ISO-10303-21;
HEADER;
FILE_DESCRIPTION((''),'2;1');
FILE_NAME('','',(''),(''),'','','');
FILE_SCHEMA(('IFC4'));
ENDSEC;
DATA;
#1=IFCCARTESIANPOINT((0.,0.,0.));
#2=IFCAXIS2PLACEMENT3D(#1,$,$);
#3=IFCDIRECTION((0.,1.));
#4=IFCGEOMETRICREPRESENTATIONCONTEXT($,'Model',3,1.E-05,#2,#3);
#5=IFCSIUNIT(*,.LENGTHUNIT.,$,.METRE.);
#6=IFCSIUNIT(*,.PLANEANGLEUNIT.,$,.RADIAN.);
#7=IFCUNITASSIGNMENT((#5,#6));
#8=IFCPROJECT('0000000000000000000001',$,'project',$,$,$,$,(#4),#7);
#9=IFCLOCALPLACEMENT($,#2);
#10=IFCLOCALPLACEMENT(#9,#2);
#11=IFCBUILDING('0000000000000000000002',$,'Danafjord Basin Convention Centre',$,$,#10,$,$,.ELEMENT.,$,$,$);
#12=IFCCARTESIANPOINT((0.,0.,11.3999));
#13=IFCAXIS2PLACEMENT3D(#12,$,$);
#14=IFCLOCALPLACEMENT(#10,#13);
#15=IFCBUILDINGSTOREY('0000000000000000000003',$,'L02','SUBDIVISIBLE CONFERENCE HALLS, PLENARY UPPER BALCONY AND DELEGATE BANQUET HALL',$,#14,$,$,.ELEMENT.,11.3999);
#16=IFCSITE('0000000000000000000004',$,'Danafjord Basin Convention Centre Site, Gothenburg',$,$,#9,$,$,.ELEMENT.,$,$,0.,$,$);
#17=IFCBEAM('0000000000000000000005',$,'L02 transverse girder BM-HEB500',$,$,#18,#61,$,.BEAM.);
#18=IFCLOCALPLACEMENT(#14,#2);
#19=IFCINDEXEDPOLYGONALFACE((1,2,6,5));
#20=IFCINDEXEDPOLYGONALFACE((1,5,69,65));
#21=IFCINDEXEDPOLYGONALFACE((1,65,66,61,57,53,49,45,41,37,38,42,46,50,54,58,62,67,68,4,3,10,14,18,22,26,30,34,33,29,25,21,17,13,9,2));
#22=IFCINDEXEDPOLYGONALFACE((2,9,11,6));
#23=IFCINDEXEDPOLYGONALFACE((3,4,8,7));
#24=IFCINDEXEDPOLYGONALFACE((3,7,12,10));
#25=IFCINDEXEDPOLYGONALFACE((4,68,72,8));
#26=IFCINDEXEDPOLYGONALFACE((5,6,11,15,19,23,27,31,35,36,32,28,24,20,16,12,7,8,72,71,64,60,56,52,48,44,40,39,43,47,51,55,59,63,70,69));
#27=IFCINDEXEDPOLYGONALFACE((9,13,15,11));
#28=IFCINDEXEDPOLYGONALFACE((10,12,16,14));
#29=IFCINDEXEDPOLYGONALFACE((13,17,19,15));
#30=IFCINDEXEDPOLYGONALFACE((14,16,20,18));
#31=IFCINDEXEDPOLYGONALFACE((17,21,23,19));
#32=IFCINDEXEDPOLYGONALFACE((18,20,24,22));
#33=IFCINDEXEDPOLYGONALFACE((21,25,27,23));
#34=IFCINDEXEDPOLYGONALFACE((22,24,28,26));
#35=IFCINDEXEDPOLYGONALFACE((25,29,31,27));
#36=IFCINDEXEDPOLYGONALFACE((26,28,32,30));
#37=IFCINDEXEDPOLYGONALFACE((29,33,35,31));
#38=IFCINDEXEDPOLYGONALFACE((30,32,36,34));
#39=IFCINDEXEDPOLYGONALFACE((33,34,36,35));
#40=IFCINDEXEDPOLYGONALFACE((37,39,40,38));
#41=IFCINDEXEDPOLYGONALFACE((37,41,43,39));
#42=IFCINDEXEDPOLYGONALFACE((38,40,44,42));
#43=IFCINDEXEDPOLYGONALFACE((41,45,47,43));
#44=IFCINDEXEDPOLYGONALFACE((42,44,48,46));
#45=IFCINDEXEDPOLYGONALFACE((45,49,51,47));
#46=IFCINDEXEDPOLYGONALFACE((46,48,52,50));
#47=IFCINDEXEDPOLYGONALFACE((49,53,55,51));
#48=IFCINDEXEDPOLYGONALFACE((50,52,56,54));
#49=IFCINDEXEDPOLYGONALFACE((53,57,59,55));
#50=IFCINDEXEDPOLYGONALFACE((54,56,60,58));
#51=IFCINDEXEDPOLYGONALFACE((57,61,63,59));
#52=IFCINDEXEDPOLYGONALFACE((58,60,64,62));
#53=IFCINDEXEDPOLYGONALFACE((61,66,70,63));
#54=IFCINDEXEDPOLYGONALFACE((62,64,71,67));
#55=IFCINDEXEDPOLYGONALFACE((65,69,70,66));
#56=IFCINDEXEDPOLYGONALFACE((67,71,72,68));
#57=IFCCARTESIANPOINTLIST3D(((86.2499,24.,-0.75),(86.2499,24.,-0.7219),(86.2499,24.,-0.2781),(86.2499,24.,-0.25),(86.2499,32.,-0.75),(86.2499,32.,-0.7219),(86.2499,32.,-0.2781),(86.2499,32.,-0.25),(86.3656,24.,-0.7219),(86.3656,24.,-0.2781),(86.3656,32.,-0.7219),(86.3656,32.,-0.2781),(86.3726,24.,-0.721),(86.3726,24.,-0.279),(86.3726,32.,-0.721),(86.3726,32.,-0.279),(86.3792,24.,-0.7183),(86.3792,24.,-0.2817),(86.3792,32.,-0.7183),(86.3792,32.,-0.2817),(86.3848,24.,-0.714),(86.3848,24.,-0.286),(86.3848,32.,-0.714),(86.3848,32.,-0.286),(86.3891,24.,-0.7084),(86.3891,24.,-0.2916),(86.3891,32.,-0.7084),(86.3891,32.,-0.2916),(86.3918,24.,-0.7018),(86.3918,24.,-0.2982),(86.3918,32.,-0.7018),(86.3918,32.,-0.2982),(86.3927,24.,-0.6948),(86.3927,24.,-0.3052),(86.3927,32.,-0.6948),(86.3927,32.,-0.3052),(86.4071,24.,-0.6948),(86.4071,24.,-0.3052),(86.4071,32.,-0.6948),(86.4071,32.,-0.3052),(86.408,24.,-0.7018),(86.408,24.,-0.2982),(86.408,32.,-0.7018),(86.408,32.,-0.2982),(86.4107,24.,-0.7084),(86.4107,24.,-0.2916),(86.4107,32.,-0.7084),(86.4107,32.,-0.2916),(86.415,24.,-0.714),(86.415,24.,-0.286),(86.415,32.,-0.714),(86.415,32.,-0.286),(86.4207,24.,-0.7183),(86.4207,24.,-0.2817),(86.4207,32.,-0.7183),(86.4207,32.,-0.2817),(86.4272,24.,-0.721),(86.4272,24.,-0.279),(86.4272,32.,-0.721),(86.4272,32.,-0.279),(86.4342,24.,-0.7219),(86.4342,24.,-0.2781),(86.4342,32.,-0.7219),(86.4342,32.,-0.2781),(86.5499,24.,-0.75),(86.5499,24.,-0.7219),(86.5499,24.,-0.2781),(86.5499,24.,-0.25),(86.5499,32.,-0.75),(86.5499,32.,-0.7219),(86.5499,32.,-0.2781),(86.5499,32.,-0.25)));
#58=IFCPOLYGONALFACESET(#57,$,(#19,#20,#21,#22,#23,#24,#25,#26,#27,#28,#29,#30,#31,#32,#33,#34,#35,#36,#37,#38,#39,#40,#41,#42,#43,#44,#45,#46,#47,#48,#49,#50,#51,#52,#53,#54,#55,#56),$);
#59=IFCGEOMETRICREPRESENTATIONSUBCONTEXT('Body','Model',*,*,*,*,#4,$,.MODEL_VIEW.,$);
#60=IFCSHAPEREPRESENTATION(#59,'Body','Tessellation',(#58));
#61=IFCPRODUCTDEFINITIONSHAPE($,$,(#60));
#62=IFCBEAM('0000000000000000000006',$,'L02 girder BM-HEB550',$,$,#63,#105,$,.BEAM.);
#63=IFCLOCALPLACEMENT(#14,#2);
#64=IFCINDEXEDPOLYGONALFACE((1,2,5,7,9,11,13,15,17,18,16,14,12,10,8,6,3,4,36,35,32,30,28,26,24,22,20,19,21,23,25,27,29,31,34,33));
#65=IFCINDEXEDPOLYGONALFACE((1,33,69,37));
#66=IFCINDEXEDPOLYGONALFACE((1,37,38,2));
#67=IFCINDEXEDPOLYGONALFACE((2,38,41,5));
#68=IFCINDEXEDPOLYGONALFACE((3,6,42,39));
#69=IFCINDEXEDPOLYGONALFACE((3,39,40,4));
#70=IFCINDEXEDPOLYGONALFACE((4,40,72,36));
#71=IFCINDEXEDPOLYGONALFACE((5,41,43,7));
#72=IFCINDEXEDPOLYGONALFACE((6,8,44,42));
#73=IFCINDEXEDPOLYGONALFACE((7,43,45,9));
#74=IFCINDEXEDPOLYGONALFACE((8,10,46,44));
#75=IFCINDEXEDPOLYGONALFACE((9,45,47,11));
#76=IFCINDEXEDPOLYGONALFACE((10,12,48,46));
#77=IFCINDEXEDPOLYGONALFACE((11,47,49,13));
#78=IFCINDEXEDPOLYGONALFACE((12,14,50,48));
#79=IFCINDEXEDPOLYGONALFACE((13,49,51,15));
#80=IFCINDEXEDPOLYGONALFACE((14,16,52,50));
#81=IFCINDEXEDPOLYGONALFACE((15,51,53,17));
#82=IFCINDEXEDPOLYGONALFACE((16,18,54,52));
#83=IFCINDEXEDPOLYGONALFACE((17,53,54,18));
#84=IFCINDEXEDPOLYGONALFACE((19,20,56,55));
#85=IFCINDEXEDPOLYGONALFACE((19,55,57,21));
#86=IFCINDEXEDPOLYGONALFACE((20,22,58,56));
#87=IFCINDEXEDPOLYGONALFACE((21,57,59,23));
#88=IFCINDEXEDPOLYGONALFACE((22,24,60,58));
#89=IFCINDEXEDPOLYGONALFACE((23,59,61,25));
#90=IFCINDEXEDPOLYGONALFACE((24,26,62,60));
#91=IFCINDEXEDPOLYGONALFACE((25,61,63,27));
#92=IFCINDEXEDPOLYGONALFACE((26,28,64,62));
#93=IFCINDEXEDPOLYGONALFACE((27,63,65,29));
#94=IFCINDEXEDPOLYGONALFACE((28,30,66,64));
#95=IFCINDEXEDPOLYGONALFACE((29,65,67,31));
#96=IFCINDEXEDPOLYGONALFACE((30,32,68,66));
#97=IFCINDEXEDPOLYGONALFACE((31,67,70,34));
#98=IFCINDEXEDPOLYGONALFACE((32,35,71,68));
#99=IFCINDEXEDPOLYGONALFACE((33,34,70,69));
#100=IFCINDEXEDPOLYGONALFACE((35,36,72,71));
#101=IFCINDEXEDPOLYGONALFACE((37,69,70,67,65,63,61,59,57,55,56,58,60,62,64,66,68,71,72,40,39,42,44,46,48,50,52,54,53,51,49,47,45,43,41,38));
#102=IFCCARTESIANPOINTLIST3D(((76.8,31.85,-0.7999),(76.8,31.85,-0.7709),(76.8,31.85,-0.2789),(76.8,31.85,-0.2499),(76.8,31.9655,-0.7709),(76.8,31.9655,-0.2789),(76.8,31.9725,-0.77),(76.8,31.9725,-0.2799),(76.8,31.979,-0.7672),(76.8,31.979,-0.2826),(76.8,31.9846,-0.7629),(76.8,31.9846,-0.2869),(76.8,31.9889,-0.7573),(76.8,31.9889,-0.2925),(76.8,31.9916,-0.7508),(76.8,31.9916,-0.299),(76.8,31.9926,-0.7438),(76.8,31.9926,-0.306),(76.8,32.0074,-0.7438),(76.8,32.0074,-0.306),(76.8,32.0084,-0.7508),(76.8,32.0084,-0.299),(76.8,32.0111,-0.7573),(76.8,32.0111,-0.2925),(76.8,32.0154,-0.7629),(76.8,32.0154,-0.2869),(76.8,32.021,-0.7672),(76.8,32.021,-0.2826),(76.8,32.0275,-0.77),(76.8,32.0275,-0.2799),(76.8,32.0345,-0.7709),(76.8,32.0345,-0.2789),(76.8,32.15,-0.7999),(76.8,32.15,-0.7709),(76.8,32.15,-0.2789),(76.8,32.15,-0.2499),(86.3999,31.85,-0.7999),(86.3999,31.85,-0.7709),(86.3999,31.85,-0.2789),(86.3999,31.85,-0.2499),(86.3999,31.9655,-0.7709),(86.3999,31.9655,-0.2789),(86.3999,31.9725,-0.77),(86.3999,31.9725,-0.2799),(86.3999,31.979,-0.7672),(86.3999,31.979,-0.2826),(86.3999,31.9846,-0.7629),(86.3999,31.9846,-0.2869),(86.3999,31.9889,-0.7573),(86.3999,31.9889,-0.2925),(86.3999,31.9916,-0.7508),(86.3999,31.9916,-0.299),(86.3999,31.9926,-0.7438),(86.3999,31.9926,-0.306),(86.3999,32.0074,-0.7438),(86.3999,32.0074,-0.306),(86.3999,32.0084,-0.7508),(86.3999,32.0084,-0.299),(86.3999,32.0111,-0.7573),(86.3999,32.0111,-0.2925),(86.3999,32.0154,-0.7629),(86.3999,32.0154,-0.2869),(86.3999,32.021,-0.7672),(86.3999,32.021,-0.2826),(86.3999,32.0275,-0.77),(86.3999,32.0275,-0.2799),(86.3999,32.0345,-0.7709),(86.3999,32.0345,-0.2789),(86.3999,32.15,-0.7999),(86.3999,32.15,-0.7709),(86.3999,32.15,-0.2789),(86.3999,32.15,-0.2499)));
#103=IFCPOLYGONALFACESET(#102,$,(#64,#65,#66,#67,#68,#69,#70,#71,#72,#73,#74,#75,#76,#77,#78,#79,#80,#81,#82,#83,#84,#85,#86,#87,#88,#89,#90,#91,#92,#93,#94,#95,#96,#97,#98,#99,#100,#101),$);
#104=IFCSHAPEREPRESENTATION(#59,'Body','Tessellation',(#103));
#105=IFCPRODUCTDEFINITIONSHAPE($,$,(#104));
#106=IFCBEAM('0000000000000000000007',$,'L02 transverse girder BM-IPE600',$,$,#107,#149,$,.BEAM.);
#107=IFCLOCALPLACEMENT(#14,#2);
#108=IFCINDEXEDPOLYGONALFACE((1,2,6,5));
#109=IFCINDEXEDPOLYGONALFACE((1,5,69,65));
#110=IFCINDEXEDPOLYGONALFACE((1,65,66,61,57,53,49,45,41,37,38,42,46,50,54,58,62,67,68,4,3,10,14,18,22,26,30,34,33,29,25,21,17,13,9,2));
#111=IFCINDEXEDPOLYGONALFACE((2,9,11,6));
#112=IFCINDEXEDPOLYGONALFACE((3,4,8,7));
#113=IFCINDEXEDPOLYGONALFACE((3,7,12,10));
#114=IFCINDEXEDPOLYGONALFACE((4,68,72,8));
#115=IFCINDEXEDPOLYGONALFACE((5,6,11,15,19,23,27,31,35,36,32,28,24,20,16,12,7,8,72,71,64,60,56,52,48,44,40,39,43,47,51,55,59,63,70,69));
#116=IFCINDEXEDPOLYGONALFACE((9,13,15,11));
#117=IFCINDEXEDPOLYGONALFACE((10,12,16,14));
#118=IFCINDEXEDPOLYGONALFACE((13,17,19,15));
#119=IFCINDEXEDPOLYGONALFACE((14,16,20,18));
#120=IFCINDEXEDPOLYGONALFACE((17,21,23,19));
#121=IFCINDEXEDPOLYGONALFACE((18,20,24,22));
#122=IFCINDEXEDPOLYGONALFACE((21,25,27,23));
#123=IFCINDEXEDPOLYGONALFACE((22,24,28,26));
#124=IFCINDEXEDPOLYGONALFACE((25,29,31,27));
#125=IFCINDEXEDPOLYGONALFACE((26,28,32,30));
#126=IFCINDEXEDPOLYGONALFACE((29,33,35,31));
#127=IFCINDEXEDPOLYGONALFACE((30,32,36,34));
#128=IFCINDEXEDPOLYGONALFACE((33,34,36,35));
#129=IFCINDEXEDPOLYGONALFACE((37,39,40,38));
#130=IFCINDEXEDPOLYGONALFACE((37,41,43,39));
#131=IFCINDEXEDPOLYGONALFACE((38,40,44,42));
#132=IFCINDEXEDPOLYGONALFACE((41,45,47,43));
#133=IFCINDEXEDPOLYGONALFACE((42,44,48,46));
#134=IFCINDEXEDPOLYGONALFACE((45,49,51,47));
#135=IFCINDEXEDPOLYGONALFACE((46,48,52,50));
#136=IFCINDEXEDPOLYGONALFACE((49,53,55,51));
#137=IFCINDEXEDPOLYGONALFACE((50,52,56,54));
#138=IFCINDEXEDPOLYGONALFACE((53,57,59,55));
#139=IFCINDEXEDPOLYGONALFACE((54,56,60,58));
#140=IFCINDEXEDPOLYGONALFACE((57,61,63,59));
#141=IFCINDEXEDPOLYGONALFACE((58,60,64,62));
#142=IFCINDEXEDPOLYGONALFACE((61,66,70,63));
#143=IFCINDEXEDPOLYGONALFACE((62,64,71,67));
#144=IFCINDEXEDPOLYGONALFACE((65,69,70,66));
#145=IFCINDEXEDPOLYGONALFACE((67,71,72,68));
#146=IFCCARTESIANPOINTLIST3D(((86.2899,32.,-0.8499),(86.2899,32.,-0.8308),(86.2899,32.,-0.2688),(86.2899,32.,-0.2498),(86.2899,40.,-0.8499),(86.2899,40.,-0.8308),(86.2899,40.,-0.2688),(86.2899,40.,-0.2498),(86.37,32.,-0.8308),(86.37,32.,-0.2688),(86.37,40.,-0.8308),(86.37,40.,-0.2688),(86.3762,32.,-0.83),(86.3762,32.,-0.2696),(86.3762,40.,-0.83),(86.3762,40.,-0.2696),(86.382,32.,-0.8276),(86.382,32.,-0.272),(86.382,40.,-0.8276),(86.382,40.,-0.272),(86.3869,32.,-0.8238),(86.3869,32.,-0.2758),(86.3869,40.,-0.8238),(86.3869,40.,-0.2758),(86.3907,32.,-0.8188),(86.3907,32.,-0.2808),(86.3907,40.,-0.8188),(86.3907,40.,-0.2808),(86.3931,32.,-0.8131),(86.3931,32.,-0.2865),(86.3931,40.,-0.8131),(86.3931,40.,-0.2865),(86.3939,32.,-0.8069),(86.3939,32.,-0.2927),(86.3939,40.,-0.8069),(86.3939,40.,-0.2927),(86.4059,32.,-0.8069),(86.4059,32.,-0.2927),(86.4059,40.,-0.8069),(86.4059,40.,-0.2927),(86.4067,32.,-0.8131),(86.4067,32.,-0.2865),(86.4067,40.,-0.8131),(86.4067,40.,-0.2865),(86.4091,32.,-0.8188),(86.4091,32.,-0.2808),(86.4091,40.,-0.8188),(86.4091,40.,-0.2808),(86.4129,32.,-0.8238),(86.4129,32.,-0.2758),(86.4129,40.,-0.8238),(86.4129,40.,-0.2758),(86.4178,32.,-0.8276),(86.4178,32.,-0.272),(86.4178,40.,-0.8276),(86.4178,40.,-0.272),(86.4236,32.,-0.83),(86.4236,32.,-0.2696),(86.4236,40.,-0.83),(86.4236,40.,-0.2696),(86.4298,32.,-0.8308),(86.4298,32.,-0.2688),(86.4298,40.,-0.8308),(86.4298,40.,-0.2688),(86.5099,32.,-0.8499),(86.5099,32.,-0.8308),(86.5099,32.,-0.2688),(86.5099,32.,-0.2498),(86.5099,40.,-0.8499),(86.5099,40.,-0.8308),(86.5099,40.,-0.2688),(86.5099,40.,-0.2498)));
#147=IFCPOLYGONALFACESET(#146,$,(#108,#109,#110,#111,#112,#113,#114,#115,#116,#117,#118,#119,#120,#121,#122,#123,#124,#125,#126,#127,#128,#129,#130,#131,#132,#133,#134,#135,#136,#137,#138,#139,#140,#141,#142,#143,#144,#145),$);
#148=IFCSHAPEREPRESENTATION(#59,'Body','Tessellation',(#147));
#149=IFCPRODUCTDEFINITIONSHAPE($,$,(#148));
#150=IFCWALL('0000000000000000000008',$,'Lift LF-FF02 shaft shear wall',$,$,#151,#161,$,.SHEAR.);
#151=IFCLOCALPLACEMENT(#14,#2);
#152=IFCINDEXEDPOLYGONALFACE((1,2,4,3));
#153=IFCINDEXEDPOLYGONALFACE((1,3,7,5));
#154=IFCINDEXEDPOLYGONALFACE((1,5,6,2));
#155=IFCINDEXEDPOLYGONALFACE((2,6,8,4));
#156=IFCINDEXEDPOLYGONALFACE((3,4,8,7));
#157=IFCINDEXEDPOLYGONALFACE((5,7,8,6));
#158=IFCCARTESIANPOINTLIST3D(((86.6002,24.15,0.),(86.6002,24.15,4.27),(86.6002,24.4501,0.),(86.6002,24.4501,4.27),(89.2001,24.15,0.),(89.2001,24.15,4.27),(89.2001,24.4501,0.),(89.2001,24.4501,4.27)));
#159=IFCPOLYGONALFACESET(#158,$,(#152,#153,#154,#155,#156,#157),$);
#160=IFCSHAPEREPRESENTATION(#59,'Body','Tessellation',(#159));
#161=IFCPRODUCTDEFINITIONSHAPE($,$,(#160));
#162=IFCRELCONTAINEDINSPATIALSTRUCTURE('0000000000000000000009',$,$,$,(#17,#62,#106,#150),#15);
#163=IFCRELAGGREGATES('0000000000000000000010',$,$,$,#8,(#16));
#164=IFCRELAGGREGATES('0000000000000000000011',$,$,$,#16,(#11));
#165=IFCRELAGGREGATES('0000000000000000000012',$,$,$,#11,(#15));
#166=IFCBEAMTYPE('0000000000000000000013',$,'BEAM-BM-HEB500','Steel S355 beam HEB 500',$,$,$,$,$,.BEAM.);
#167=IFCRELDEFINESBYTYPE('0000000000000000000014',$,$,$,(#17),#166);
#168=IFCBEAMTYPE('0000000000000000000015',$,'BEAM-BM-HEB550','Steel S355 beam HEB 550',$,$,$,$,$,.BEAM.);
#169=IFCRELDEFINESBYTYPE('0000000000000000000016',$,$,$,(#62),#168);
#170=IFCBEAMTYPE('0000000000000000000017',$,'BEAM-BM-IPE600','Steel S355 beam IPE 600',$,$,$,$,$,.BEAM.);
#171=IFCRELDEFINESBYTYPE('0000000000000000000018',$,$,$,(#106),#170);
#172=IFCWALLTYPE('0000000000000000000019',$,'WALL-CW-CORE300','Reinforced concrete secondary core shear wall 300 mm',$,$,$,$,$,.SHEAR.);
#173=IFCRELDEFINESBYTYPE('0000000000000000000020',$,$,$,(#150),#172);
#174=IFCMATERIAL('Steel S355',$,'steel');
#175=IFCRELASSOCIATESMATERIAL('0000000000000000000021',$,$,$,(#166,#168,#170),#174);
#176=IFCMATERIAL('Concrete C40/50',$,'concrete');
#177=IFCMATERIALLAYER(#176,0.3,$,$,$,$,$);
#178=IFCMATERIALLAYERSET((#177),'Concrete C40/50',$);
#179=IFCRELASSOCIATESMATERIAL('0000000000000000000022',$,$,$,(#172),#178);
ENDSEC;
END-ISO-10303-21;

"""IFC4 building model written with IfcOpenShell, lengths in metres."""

from ifc_helpers import new_model, si_unit, direction, frame, frame_2d, origin, origin_2d, place, context, subcontext, project, spatial, rectangle, i_section, extrude, material, layer, layer_set, material_profile, profile_set, type_object, element, save


model = new_model("IFC4")

# Units and contexts
model_context = context("Model", 3, precision=1e-05, world=origin(), true_north=direction((0.0, 1.0)))
body_context = subcontext(model_context, "Body", "Model", "MODEL_VIEW")
ifc_project = project(units=[si_unit("LENGTHUNIT", "METRE"), si_unit("PLANEANGLEUNIT", "RADIAN")], contexts=[model_context])

# Site, building, storey
site_placement = place(None, origin())
site = spatial("IfcSite", under=ifc_project, at=site_placement, Name="Danafjord Basin Convention Centre Site, Gothenburg", CompositionType="ELEMENT", RefElevation=0.0)
building_placement = place(site_placement, origin())
building = spatial("IfcBuilding", under=site, at=building_placement, Name="Danafjord Basin Convention Centre", CompositionType="ELEMENT")
storey_placement = place(building_placement, frame((0.0, 0.0, 11.3999)))
storey = spatial("IfcBuildingStorey", under=building, at=storey_placement, Name="L02", Description="SUBDIVISIBLE CONFERENCE HALLS, PLENARY UPPER BALCONY AND DELEGATE BANQUET HALL", CompositionType="ELEMENT", Elevation=11.3999)

# Shared definitions
ifc_material_1 = material(Name="Steel S355", Category="steel")

# Beams
ifc_material_profile_1 = material_profile(ifc_material_1, i_section(OverallWidth=0.3, OverallDepth=0.5, WebThickness=0.0144, FlangeThickness=0.0281, FilletRadius=0.0271, at=origin_2d()), Name="HEB 500")
ifc_profile_set_1 = profile_set([ifc_material_profile_1], Name="Steel S355")
beam_type_1 = type_object("IfcBeamType", Name="BEAM-BM-HEB500", Description="Steel S355 beam HEB 500", PredefinedType="BEAM", material=ifc_profile_set_1)
for number, where, z_axis, x_axis, name in (
    (1, (86.3999, 24.0, -0.5), (0.0, 1.0, 0.0), (-1.0, 0.0, 0.0), "L02 transverse girder BM-HEB500"),
):
    element("IfcBeam", number, at=place(storey_placement, frame(where, z_axis=z_axis, x_axis=x_axis)), inside=storey, type_object=beam_type_1, Name=name, PredefinedType="BEAM", context=body_context, shape_type="SweptSolid", body=[
        extrude(i_section(OverallWidth=0.3, OverallDepth=0.5, WebThickness=0.0144, FlangeThickness=0.0281, FilletRadius=0.0271, at=origin_2d()), origin(), (0.0, 0.0, 1.0), 8.0),
    ])
ifc_material_profile_2 = material_profile(ifc_material_1, i_section(OverallWidth=0.3, OverallDepth=0.55, WebThickness=0.0149, FlangeThickness=0.0291, FilletRadius=0.0271, at=origin_2d()), Name="HEB 550")
ifc_profile_set_2 = profile_set([ifc_material_profile_2], Name="Steel S355")
beam_type_2 = type_object("IfcBeamType", Name="BEAM-BM-HEB550", Description="Steel S355 beam HEB 550", PredefinedType="BEAM", material=ifc_profile_set_2)
beam_1_placement = place(storey_placement, frame((76.8, 32.0, -0.5249), z_axis=(1.0, 0.0, 0.0), x_axis=(0.0, 1.0, 0.0)))
element("IfcBeam", 2, at=beam_1_placement, inside=storey, type_object=beam_type_2, Name="L02 girder BM-HEB550", PredefinedType="BEAM", context=body_context, shape_type="SweptSolid", body=[
    extrude(i_section(OverallWidth=0.3, OverallDepth=0.55, WebThickness=0.0149, FlangeThickness=0.0291, FilletRadius=0.0271, at=origin_2d()), origin(), (0.0, 0.0, 1.0), 9.5999),
])
ifc_material_profile_3 = material_profile(ifc_material_1, i_section(OverallWidth=0.22, OverallDepth=0.6001, WebThickness=0.012, FlangeThickness=0.019, FilletRadius=0.0239, at=origin_2d()), Name="IPE 600")
ifc_profile_set_3 = profile_set([ifc_material_profile_3], Name="Steel S355")
beam_type_3 = type_object("IfcBeamType", Name="BEAM-BM-IPE600", Description="Steel S355 beam IPE 600", PredefinedType="BEAM", material=ifc_profile_set_3)
beam_2_placement = place(storey_placement, frame((86.3999, 32.0, -0.5498), z_axis=(0.0, 1.0, 0.0), x_axis=(-1.0, 0.0, 0.0)))
element("IfcBeam", 3, at=beam_2_placement, inside=storey, type_object=beam_type_3, Name="L02 transverse girder BM-IPE600", PredefinedType="BEAM", context=body_context, shape_type="SweptSolid", body=[
    extrude(i_section(OverallWidth=0.22, OverallDepth=0.6001, WebThickness=0.012, FlangeThickness=0.019, FilletRadius=0.0239, at=origin_2d()), origin(), (0.0, 0.0, 1.0), 8.0),
])

# Wall
ifc_material_2 = material(Name="Concrete C40/50", Category="concrete")
ifc_layer_1 = layer(ifc_material_2, 0.3)
ifc_layer_set_1 = layer_set([ifc_layer_1], Name="Concrete C40/50")
wall_type_1 = type_object("IfcWallType", Name="WALL-CW-CORE300", Description="Reinforced concrete secondary core shear wall 300 mm", PredefinedType="SHEAR", material=ifc_layer_set_1)
wall_1_placement = place(storey_placement, frame((89.2, 24.3, 0.0), z_axis=(0.0, 0.0, 1.0), x_axis=(-1.0, 0.0, 0.0)))
element("IfcWall", 4, at=wall_1_placement, inside=storey, type_object=wall_type_1, Name="Lift LF-FF02 shaft shear wall", PredefinedType="SHEAR", context=body_context, shape_type="SweptSolid", body=[
    extrude(rectangle(XDim=2.5999, YDim=0.3, at=frame_2d((1.2998, 0.0))), origin(), (0.0, 0.0, 1.0), 4.27),
])

save(model, "model.ifc")
